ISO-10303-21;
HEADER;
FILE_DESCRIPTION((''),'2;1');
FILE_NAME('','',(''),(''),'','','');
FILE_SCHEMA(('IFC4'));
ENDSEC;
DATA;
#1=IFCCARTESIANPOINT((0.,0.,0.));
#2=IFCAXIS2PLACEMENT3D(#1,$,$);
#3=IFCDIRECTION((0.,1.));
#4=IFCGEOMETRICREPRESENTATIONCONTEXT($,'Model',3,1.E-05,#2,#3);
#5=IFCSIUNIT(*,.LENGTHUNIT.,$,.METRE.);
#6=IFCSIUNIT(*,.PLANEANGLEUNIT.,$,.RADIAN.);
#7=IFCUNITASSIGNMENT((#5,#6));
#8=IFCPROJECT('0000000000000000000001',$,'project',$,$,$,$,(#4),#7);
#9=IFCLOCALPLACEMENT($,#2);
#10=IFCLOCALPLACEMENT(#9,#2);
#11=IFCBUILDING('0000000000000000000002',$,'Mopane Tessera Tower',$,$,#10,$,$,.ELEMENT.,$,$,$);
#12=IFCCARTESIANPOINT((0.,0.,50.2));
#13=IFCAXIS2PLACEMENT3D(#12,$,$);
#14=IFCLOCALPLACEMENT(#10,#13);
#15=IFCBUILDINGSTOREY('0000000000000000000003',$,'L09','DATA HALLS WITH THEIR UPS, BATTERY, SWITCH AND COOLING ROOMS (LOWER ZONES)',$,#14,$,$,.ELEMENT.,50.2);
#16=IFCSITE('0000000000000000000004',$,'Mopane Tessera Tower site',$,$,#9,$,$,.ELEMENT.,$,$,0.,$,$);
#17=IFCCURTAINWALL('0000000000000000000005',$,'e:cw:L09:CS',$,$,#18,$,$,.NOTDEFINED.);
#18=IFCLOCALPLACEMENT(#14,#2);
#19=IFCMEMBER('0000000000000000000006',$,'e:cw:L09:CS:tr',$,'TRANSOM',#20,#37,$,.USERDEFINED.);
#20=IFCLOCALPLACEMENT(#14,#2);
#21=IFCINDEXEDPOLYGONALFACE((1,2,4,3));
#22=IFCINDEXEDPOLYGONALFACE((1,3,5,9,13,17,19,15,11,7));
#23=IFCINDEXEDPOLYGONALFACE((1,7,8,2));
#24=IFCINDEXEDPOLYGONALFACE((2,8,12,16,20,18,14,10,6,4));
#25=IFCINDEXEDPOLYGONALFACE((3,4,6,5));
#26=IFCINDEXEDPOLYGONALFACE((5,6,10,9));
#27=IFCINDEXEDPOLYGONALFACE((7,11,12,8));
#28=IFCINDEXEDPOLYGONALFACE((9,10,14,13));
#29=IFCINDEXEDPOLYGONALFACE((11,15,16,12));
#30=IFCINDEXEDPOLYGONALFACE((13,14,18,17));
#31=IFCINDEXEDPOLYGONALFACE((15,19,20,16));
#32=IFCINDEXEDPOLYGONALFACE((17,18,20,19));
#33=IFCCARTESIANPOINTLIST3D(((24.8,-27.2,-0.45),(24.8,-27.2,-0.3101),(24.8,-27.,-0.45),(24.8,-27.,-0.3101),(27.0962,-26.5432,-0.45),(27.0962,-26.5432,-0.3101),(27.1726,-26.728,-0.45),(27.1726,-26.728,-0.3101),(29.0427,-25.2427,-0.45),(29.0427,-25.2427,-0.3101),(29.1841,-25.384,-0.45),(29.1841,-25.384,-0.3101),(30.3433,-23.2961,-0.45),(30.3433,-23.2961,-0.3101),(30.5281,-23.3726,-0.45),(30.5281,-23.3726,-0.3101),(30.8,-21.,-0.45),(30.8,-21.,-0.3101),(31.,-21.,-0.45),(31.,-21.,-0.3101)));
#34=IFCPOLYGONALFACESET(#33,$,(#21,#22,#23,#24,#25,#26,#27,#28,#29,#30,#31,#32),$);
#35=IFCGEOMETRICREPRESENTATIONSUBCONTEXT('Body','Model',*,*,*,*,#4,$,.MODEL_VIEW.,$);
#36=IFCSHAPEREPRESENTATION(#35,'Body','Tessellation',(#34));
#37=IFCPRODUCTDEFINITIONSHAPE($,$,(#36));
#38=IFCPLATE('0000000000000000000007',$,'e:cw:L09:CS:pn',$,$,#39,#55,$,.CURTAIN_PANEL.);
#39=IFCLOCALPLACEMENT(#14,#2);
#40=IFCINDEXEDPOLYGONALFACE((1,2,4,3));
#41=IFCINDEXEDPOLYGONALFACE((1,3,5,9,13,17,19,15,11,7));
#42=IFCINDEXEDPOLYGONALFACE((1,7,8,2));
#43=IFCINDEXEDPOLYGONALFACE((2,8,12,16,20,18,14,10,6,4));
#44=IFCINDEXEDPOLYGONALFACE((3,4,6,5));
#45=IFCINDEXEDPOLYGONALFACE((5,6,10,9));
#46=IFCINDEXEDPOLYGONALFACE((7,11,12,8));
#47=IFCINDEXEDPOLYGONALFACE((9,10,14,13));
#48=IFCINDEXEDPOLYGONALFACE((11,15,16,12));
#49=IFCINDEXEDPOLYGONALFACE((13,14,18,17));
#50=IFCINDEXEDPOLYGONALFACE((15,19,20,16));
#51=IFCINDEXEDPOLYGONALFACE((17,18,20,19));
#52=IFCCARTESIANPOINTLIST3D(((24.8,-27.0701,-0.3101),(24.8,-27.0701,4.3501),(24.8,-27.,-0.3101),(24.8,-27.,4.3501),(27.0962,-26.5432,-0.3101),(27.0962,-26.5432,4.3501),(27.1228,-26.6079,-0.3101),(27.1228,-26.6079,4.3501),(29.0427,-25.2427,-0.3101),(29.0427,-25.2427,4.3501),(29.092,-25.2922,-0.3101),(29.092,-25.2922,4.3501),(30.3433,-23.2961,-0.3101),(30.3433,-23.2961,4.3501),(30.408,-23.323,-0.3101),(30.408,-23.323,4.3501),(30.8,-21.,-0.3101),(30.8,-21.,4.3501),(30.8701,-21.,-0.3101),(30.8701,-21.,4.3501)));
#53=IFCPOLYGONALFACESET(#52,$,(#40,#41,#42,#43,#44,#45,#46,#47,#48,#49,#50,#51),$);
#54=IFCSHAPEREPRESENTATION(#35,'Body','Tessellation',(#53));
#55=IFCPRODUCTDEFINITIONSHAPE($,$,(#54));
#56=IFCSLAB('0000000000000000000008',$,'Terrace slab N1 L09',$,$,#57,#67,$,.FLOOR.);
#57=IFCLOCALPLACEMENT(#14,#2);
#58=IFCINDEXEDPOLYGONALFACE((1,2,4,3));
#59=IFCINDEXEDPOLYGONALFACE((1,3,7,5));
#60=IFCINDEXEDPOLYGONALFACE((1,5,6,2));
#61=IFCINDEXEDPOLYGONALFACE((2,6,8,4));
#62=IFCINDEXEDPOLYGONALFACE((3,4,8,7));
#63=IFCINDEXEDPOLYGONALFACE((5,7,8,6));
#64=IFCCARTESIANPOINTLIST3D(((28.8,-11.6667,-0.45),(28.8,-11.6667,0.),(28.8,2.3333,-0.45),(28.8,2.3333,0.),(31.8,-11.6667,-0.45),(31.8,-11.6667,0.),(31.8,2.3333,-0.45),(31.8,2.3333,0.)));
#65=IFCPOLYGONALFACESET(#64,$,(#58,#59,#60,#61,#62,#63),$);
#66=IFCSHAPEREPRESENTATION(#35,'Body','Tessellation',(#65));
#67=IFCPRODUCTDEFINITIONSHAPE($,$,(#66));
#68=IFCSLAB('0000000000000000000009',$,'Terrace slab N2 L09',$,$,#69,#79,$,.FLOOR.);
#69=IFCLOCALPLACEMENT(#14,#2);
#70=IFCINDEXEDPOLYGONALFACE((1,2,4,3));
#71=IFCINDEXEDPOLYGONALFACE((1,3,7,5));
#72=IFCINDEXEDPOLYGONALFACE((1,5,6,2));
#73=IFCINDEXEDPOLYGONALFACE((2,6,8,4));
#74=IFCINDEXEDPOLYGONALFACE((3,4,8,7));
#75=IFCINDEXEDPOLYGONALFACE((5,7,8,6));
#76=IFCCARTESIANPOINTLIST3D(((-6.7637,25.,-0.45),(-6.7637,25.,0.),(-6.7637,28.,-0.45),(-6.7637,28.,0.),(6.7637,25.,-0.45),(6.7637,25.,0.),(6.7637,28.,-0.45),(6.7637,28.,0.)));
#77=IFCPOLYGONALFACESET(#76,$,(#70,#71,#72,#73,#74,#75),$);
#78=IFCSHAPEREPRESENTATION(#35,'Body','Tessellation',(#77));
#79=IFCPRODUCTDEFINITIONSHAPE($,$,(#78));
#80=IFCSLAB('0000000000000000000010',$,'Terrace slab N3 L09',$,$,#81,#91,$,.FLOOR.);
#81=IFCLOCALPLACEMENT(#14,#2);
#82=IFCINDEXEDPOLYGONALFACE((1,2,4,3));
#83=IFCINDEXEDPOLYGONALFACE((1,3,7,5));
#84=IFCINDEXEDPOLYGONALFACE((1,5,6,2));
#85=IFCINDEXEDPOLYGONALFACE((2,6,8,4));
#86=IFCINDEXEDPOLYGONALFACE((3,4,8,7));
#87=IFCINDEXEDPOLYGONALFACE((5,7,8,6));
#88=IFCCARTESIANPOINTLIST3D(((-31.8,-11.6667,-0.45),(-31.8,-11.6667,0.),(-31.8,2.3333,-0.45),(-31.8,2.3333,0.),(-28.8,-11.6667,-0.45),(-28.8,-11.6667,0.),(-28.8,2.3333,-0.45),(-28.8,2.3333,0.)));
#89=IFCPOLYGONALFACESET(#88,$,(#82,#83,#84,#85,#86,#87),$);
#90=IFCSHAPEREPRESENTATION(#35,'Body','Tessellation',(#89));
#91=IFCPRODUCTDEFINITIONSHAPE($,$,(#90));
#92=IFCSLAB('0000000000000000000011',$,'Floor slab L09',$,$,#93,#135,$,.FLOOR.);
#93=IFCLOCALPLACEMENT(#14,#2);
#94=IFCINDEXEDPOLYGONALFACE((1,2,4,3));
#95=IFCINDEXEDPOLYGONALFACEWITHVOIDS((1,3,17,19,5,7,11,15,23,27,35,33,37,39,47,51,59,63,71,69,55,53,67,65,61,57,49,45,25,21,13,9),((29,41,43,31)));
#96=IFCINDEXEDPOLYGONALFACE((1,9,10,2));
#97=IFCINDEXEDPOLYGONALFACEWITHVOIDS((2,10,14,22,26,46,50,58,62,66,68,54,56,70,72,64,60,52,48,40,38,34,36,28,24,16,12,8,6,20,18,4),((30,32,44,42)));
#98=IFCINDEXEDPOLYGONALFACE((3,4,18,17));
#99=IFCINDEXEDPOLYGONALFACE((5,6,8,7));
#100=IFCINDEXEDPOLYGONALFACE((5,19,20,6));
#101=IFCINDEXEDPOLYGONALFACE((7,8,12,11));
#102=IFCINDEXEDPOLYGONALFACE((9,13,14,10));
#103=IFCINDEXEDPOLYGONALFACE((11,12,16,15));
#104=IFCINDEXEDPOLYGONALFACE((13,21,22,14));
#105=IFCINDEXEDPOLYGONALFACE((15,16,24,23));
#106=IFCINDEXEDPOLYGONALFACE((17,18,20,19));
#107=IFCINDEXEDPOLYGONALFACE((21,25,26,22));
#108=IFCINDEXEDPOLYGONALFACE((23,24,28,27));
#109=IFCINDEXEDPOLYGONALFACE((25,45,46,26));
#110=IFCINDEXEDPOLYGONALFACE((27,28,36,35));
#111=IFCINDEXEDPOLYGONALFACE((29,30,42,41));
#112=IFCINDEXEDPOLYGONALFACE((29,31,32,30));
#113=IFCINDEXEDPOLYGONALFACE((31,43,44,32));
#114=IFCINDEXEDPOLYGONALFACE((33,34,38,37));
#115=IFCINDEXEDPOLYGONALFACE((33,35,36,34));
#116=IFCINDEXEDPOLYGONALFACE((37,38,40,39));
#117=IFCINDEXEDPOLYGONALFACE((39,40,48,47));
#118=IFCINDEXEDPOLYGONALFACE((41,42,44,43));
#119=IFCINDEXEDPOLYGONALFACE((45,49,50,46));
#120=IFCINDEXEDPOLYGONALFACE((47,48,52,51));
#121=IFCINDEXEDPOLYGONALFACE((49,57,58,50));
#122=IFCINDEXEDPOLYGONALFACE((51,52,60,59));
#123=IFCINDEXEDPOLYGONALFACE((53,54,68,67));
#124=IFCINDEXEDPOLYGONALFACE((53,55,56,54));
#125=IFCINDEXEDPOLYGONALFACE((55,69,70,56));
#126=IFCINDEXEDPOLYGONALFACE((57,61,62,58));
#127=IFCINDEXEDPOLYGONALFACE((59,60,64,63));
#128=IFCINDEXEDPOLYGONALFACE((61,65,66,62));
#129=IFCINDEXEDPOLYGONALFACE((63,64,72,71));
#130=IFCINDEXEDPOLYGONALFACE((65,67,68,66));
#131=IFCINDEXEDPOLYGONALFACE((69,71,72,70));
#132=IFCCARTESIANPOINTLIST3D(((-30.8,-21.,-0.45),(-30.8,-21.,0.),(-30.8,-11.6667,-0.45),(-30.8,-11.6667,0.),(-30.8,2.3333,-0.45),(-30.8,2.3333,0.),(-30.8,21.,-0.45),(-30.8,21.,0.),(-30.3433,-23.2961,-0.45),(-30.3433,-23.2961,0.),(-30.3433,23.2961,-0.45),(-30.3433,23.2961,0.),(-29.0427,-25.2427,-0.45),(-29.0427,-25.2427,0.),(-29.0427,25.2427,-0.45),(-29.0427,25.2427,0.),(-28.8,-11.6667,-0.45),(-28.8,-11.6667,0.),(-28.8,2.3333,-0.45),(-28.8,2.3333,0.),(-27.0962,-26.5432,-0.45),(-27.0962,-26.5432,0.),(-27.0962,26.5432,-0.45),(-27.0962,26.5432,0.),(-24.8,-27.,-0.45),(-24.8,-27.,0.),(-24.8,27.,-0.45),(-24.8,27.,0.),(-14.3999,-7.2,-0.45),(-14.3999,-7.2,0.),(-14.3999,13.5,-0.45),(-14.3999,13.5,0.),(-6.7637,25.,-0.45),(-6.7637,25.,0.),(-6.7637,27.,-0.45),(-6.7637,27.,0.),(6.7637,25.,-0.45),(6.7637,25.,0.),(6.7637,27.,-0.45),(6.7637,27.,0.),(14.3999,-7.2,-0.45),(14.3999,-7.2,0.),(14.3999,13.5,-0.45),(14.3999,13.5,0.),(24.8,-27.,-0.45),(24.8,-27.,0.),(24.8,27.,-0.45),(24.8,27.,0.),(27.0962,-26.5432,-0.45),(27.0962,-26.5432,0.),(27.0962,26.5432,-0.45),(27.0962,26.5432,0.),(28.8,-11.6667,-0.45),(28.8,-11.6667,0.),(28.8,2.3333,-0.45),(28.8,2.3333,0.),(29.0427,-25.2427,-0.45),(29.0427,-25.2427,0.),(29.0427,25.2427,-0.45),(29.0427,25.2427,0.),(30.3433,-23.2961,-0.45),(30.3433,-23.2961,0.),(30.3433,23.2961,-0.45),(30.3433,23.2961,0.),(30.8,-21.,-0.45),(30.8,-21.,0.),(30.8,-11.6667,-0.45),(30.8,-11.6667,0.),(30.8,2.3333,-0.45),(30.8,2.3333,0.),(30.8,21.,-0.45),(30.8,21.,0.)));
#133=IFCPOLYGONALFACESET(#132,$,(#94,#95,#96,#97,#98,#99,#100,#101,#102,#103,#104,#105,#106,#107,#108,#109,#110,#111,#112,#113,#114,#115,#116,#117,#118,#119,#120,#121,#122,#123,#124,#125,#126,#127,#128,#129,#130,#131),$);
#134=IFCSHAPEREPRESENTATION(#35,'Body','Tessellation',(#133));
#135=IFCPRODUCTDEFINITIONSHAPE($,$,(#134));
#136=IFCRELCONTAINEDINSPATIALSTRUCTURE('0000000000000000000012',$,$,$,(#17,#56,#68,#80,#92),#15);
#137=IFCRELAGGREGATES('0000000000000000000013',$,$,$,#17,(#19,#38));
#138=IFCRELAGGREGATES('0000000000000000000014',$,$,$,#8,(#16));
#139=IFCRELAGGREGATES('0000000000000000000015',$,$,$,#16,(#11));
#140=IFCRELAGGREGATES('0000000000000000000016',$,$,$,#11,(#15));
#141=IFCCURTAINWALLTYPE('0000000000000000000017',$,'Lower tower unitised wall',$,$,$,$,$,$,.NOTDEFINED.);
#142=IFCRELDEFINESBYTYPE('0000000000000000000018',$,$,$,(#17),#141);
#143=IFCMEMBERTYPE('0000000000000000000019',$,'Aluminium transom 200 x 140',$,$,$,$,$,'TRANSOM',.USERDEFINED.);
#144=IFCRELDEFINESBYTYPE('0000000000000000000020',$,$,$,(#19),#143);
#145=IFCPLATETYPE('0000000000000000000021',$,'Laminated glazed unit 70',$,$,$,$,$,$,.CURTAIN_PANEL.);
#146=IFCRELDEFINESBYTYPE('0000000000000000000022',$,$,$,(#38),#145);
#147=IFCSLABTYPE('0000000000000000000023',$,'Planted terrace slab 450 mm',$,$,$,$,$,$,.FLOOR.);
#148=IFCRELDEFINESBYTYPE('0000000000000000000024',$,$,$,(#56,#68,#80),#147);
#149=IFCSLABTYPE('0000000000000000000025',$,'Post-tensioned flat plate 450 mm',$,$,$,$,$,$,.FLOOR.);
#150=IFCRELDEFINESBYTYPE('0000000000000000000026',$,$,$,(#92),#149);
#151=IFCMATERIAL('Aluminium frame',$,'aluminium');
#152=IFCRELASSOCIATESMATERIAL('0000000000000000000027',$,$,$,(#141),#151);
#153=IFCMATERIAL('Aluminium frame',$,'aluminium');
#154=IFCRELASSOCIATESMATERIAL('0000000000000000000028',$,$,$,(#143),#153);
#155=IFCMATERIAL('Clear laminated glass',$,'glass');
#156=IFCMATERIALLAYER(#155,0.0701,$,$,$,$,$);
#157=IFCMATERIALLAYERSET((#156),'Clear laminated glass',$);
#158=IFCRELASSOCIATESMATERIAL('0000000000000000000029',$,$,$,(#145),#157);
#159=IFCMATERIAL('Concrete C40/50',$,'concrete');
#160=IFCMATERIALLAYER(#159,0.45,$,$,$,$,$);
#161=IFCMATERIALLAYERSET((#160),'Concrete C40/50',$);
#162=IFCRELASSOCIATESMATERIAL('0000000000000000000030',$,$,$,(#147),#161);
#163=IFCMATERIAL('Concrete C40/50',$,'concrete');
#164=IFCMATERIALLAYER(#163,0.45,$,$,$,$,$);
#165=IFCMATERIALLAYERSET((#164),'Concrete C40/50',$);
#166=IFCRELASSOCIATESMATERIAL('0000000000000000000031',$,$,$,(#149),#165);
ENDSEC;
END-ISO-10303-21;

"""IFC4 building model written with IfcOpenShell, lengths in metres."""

from ifc_helpers import new_model, si_unit, direction, frame, origin, origin_2d, place, context, subcontext, project, spatial, polyline, rectangle, outline, extrude, material, layer, layer_set, material_profile, profile_set, type_object, element, aggregate, save


model = new_model("IFC4")

# Units and contexts
model_context = context("Model", 3, precision=1e-05, world=origin(), true_north=direction((0.0, 1.0)))
body_context = subcontext(model_context, "Body", "Model", "MODEL_VIEW")
ifc_project = project(units=[si_unit("LENGTHUNIT", "METRE"), si_unit("PLANEANGLEUNIT", "RADIAN")], contexts=[model_context])

# Site, building, storey
site_placement = place(None, origin())
site = spatial("IfcSite", under=ifc_project, at=site_placement, Name="Mopane Tessera Tower site", CompositionType="ELEMENT", RefElevation=0.0)
building_placement = place(site_placement, origin())
building = spatial("IfcBuilding", under=site, at=building_placement, Name="Mopane Tessera Tower", CompositionType="ELEMENT")
storey_placement = place(building_placement, frame((0.0, 0.0, 50.2)))
storey = spatial("IfcBuildingStorey", under=building, at=storey_placement, Name="L09", Description="DATA HALLS WITH THEIR UPS, BATTERY, SWITCH AND COOLING ROOMS (LOWER ZONES)", CompositionType="ELEMENT", Elevation=50.2)

# Curtain wall, member, plate
ifc_material_1 = material(Name="Aluminium frame", Category="aluminium")
curtain_wall_type = type_object("IfcCurtainWallType", Name="Lower tower unitised wall", PredefinedType="NOTDEFINED", material=ifc_material_1)
curtain_wall_placement = place(storey_placement, origin())
curtain_wall = element("IfcCurtainWall", 1, at=curtain_wall_placement, inside=storey, type_object=curtain_wall_type, Name="e:cw:L09:CS", PredefinedType="NOTDEFINED")
ifc_material_2 = material(Name="Aluminium frame", Category="aluminium")
ifc_material_profile = material_profile(ifc_material_2, rectangle(XDim=0.2, YDim=0.1399, at=origin_2d()))
ifc_profile_set = profile_set([ifc_material_profile], Name="Aluminium frame")
member_type = type_object("IfcMemberType", Name="Aluminium transom 200 x 140", ElementType="TRANSOM", PredefinedType="USERDEFINED", material=ifc_profile_set)
member_placement = place(storey_placement, frame((0.0, 0.0, -0.45)))
member = element("IfcMember", 2, at=member_placement, type_object=member_type, Name="e:cw:L09:CS:tr", ObjectType="TRANSOM", PredefinedType="USERDEFINED", context=body_context, shape_type="SweptSolid", body=[
    extrude(outline(polyline([(24.8, -27.0), (27.0962, -26.5432), (29.0427, -25.2427), (30.3433, -23.2961), (30.8, -21.0), (31.0, -21.0), (30.5281, -23.3726), (29.1841, -25.384), (27.1726, -26.728), (24.8, -27.2), (24.8, -27.0)])), origin(), (0.0, 0.0, 1.0), 0.1399),
])
ifc_material_3 = material(Name="Clear laminated glass", Category="glass")
ifc_layer_1 = layer(ifc_material_3, 0.0701)
ifc_layer_set_1 = layer_set([ifc_layer_1], Name="Clear laminated glass")
plate_type = type_object("IfcPlateType", Name="Laminated glazed unit 70", PredefinedType="CURTAIN_PANEL", material=ifc_layer_set_1)
plate_placement = place(storey_placement, frame((0.0, 0.0, -0.3101)))
plate = element("IfcPlate", 3, at=plate_placement, type_object=plate_type, Name="e:cw:L09:CS:pn", PredefinedType="CURTAIN_PANEL", context=body_context, shape_type="SweptSolid", body=[
    extrude(outline(polyline([(24.8, -27.0), (27.0962, -26.5432), (29.0427, -25.2427), (30.3433, -23.2961), (30.8, -21.0), (30.8701, -21.0), (30.408, -23.323), (29.092, -25.2922), (27.1228, -26.6079), (24.8, -27.0701), (24.8, -27.0)])), origin(), (0.0, 0.0, 1.0), 4.6602),
])
aggregate(curtain_wall, [member, plate])

# Slabs
ifc_material_4 = material(Name="Concrete C40/50", Category="concrete")
ifc_layer_2 = layer(ifc_material_4, 0.45)
ifc_layer_set_2 = layer_set([ifc_layer_2], Name="Concrete C40/50")
slab_type_1 = type_object("IfcSlabType", Name="Planted terrace slab 450 mm", PredefinedType="FLOOR", material=ifc_layer_set_2)
slab_1_placement = place(storey_placement, frame((0.0, 0.0, -0.45)))
element("IfcSlab", 4, at=slab_1_placement, inside=storey, type_object=slab_type_1, Name="Terrace slab N1 L09", PredefinedType="FLOOR", context=body_context, shape_type="SweptSolid", body=[
    extrude(outline(polyline([(31.8, 2.3333), (28.8, 2.3333), (28.8, -11.6667), (31.8, -11.6667), (31.8, 2.3333)])), origin(), (0.0, 0.0, 1.0), 0.45),
])
slab_2_placement = place(storey_placement, frame((0.0, 0.0, -0.45)))
element("IfcSlab", 5, at=slab_2_placement, inside=storey, type_object=slab_type_1, Name="Terrace slab N2 L09", PredefinedType="FLOOR", context=body_context, shape_type="SweptSolid", body=[
    extrude(outline(polyline([(-6.7637, 28.0), (-6.7637, 25.0), (6.7637, 25.0), (6.7637, 28.0), (-6.7637, 28.0)])), origin(), (0.0, 0.0, 1.0), 0.45),
])
slab_3_placement = place(storey_placement, frame((0.0, 0.0, -0.45)))
element("IfcSlab", 6, at=slab_3_placement, inside=storey, type_object=slab_type_1, Name="Terrace slab N3 L09", PredefinedType="FLOOR", context=body_context, shape_type="SweptSolid", body=[
    extrude(outline(polyline([(-31.8, -11.6667), (-28.8, -11.6667), (-28.8, 2.3333), (-31.8, 2.3333), (-31.8, -11.6667)])), origin(), (0.0, 0.0, 1.0), 0.45),
])
ifc_material_5 = material(Name="Concrete C40/50", Category="concrete")
ifc_layer_3 = layer(ifc_material_5, 0.45)
ifc_layer_set_3 = layer_set([ifc_layer_3], Name="Concrete C40/50")
slab_type_2 = type_object("IfcSlabType", Name="Post-tensioned flat plate 450 mm", PredefinedType="FLOOR", material=ifc_layer_set_3)
slab_4_placement = place(storey_placement, frame((0.0, 0.0, -0.45)))
element("IfcSlab", 7, at=slab_4_placement, inside=storey, type_object=slab_type_2, Name="Floor slab L09", PredefinedType="FLOOR", context=body_context, shape_type="SweptSolid", body=[
    extrude(outline(polyline([(30.8, -21.0), (30.8, -11.6667), (28.8, -11.6667), (28.8, 2.3333), (30.8, 2.3333), (30.8, 21.0), (30.3433, 23.2961), (29.0427, 25.2427), (27.0962, 26.5432), (24.8, 27.0), (6.7637, 27.0), (6.7637, 25.0), (-6.7637, 25.0), (-6.7637, 27.0), (-24.8, 27.0), (-27.0962, 26.5432), (-29.0427, 25.2427), (-30.3433, 23.2961), (-30.8, 21.0), (-30.8, 2.3333), (-28.8, 2.3333), (-28.8, -11.6667), (-30.8, -11.6667), (-30.8, -21.0), (-30.3433, -23.2961), (-29.0427, -25.2427), (-27.0962, -26.5432), (-24.8, -27.0), (24.8, -27.0), (27.0962, -26.5432), (29.0427, -25.2427), (30.3433, -23.2961), (30.8, -21.0)]), holes=[polyline([(14.3999, -7.2), (-14.3999, -7.2), (-14.3999, 13.5), (14.3999, 13.5), (14.3999, -7.2)])]), origin(), (0.0, 0.0, 1.0), 0.45),
])

save(model, "model.ifc")
